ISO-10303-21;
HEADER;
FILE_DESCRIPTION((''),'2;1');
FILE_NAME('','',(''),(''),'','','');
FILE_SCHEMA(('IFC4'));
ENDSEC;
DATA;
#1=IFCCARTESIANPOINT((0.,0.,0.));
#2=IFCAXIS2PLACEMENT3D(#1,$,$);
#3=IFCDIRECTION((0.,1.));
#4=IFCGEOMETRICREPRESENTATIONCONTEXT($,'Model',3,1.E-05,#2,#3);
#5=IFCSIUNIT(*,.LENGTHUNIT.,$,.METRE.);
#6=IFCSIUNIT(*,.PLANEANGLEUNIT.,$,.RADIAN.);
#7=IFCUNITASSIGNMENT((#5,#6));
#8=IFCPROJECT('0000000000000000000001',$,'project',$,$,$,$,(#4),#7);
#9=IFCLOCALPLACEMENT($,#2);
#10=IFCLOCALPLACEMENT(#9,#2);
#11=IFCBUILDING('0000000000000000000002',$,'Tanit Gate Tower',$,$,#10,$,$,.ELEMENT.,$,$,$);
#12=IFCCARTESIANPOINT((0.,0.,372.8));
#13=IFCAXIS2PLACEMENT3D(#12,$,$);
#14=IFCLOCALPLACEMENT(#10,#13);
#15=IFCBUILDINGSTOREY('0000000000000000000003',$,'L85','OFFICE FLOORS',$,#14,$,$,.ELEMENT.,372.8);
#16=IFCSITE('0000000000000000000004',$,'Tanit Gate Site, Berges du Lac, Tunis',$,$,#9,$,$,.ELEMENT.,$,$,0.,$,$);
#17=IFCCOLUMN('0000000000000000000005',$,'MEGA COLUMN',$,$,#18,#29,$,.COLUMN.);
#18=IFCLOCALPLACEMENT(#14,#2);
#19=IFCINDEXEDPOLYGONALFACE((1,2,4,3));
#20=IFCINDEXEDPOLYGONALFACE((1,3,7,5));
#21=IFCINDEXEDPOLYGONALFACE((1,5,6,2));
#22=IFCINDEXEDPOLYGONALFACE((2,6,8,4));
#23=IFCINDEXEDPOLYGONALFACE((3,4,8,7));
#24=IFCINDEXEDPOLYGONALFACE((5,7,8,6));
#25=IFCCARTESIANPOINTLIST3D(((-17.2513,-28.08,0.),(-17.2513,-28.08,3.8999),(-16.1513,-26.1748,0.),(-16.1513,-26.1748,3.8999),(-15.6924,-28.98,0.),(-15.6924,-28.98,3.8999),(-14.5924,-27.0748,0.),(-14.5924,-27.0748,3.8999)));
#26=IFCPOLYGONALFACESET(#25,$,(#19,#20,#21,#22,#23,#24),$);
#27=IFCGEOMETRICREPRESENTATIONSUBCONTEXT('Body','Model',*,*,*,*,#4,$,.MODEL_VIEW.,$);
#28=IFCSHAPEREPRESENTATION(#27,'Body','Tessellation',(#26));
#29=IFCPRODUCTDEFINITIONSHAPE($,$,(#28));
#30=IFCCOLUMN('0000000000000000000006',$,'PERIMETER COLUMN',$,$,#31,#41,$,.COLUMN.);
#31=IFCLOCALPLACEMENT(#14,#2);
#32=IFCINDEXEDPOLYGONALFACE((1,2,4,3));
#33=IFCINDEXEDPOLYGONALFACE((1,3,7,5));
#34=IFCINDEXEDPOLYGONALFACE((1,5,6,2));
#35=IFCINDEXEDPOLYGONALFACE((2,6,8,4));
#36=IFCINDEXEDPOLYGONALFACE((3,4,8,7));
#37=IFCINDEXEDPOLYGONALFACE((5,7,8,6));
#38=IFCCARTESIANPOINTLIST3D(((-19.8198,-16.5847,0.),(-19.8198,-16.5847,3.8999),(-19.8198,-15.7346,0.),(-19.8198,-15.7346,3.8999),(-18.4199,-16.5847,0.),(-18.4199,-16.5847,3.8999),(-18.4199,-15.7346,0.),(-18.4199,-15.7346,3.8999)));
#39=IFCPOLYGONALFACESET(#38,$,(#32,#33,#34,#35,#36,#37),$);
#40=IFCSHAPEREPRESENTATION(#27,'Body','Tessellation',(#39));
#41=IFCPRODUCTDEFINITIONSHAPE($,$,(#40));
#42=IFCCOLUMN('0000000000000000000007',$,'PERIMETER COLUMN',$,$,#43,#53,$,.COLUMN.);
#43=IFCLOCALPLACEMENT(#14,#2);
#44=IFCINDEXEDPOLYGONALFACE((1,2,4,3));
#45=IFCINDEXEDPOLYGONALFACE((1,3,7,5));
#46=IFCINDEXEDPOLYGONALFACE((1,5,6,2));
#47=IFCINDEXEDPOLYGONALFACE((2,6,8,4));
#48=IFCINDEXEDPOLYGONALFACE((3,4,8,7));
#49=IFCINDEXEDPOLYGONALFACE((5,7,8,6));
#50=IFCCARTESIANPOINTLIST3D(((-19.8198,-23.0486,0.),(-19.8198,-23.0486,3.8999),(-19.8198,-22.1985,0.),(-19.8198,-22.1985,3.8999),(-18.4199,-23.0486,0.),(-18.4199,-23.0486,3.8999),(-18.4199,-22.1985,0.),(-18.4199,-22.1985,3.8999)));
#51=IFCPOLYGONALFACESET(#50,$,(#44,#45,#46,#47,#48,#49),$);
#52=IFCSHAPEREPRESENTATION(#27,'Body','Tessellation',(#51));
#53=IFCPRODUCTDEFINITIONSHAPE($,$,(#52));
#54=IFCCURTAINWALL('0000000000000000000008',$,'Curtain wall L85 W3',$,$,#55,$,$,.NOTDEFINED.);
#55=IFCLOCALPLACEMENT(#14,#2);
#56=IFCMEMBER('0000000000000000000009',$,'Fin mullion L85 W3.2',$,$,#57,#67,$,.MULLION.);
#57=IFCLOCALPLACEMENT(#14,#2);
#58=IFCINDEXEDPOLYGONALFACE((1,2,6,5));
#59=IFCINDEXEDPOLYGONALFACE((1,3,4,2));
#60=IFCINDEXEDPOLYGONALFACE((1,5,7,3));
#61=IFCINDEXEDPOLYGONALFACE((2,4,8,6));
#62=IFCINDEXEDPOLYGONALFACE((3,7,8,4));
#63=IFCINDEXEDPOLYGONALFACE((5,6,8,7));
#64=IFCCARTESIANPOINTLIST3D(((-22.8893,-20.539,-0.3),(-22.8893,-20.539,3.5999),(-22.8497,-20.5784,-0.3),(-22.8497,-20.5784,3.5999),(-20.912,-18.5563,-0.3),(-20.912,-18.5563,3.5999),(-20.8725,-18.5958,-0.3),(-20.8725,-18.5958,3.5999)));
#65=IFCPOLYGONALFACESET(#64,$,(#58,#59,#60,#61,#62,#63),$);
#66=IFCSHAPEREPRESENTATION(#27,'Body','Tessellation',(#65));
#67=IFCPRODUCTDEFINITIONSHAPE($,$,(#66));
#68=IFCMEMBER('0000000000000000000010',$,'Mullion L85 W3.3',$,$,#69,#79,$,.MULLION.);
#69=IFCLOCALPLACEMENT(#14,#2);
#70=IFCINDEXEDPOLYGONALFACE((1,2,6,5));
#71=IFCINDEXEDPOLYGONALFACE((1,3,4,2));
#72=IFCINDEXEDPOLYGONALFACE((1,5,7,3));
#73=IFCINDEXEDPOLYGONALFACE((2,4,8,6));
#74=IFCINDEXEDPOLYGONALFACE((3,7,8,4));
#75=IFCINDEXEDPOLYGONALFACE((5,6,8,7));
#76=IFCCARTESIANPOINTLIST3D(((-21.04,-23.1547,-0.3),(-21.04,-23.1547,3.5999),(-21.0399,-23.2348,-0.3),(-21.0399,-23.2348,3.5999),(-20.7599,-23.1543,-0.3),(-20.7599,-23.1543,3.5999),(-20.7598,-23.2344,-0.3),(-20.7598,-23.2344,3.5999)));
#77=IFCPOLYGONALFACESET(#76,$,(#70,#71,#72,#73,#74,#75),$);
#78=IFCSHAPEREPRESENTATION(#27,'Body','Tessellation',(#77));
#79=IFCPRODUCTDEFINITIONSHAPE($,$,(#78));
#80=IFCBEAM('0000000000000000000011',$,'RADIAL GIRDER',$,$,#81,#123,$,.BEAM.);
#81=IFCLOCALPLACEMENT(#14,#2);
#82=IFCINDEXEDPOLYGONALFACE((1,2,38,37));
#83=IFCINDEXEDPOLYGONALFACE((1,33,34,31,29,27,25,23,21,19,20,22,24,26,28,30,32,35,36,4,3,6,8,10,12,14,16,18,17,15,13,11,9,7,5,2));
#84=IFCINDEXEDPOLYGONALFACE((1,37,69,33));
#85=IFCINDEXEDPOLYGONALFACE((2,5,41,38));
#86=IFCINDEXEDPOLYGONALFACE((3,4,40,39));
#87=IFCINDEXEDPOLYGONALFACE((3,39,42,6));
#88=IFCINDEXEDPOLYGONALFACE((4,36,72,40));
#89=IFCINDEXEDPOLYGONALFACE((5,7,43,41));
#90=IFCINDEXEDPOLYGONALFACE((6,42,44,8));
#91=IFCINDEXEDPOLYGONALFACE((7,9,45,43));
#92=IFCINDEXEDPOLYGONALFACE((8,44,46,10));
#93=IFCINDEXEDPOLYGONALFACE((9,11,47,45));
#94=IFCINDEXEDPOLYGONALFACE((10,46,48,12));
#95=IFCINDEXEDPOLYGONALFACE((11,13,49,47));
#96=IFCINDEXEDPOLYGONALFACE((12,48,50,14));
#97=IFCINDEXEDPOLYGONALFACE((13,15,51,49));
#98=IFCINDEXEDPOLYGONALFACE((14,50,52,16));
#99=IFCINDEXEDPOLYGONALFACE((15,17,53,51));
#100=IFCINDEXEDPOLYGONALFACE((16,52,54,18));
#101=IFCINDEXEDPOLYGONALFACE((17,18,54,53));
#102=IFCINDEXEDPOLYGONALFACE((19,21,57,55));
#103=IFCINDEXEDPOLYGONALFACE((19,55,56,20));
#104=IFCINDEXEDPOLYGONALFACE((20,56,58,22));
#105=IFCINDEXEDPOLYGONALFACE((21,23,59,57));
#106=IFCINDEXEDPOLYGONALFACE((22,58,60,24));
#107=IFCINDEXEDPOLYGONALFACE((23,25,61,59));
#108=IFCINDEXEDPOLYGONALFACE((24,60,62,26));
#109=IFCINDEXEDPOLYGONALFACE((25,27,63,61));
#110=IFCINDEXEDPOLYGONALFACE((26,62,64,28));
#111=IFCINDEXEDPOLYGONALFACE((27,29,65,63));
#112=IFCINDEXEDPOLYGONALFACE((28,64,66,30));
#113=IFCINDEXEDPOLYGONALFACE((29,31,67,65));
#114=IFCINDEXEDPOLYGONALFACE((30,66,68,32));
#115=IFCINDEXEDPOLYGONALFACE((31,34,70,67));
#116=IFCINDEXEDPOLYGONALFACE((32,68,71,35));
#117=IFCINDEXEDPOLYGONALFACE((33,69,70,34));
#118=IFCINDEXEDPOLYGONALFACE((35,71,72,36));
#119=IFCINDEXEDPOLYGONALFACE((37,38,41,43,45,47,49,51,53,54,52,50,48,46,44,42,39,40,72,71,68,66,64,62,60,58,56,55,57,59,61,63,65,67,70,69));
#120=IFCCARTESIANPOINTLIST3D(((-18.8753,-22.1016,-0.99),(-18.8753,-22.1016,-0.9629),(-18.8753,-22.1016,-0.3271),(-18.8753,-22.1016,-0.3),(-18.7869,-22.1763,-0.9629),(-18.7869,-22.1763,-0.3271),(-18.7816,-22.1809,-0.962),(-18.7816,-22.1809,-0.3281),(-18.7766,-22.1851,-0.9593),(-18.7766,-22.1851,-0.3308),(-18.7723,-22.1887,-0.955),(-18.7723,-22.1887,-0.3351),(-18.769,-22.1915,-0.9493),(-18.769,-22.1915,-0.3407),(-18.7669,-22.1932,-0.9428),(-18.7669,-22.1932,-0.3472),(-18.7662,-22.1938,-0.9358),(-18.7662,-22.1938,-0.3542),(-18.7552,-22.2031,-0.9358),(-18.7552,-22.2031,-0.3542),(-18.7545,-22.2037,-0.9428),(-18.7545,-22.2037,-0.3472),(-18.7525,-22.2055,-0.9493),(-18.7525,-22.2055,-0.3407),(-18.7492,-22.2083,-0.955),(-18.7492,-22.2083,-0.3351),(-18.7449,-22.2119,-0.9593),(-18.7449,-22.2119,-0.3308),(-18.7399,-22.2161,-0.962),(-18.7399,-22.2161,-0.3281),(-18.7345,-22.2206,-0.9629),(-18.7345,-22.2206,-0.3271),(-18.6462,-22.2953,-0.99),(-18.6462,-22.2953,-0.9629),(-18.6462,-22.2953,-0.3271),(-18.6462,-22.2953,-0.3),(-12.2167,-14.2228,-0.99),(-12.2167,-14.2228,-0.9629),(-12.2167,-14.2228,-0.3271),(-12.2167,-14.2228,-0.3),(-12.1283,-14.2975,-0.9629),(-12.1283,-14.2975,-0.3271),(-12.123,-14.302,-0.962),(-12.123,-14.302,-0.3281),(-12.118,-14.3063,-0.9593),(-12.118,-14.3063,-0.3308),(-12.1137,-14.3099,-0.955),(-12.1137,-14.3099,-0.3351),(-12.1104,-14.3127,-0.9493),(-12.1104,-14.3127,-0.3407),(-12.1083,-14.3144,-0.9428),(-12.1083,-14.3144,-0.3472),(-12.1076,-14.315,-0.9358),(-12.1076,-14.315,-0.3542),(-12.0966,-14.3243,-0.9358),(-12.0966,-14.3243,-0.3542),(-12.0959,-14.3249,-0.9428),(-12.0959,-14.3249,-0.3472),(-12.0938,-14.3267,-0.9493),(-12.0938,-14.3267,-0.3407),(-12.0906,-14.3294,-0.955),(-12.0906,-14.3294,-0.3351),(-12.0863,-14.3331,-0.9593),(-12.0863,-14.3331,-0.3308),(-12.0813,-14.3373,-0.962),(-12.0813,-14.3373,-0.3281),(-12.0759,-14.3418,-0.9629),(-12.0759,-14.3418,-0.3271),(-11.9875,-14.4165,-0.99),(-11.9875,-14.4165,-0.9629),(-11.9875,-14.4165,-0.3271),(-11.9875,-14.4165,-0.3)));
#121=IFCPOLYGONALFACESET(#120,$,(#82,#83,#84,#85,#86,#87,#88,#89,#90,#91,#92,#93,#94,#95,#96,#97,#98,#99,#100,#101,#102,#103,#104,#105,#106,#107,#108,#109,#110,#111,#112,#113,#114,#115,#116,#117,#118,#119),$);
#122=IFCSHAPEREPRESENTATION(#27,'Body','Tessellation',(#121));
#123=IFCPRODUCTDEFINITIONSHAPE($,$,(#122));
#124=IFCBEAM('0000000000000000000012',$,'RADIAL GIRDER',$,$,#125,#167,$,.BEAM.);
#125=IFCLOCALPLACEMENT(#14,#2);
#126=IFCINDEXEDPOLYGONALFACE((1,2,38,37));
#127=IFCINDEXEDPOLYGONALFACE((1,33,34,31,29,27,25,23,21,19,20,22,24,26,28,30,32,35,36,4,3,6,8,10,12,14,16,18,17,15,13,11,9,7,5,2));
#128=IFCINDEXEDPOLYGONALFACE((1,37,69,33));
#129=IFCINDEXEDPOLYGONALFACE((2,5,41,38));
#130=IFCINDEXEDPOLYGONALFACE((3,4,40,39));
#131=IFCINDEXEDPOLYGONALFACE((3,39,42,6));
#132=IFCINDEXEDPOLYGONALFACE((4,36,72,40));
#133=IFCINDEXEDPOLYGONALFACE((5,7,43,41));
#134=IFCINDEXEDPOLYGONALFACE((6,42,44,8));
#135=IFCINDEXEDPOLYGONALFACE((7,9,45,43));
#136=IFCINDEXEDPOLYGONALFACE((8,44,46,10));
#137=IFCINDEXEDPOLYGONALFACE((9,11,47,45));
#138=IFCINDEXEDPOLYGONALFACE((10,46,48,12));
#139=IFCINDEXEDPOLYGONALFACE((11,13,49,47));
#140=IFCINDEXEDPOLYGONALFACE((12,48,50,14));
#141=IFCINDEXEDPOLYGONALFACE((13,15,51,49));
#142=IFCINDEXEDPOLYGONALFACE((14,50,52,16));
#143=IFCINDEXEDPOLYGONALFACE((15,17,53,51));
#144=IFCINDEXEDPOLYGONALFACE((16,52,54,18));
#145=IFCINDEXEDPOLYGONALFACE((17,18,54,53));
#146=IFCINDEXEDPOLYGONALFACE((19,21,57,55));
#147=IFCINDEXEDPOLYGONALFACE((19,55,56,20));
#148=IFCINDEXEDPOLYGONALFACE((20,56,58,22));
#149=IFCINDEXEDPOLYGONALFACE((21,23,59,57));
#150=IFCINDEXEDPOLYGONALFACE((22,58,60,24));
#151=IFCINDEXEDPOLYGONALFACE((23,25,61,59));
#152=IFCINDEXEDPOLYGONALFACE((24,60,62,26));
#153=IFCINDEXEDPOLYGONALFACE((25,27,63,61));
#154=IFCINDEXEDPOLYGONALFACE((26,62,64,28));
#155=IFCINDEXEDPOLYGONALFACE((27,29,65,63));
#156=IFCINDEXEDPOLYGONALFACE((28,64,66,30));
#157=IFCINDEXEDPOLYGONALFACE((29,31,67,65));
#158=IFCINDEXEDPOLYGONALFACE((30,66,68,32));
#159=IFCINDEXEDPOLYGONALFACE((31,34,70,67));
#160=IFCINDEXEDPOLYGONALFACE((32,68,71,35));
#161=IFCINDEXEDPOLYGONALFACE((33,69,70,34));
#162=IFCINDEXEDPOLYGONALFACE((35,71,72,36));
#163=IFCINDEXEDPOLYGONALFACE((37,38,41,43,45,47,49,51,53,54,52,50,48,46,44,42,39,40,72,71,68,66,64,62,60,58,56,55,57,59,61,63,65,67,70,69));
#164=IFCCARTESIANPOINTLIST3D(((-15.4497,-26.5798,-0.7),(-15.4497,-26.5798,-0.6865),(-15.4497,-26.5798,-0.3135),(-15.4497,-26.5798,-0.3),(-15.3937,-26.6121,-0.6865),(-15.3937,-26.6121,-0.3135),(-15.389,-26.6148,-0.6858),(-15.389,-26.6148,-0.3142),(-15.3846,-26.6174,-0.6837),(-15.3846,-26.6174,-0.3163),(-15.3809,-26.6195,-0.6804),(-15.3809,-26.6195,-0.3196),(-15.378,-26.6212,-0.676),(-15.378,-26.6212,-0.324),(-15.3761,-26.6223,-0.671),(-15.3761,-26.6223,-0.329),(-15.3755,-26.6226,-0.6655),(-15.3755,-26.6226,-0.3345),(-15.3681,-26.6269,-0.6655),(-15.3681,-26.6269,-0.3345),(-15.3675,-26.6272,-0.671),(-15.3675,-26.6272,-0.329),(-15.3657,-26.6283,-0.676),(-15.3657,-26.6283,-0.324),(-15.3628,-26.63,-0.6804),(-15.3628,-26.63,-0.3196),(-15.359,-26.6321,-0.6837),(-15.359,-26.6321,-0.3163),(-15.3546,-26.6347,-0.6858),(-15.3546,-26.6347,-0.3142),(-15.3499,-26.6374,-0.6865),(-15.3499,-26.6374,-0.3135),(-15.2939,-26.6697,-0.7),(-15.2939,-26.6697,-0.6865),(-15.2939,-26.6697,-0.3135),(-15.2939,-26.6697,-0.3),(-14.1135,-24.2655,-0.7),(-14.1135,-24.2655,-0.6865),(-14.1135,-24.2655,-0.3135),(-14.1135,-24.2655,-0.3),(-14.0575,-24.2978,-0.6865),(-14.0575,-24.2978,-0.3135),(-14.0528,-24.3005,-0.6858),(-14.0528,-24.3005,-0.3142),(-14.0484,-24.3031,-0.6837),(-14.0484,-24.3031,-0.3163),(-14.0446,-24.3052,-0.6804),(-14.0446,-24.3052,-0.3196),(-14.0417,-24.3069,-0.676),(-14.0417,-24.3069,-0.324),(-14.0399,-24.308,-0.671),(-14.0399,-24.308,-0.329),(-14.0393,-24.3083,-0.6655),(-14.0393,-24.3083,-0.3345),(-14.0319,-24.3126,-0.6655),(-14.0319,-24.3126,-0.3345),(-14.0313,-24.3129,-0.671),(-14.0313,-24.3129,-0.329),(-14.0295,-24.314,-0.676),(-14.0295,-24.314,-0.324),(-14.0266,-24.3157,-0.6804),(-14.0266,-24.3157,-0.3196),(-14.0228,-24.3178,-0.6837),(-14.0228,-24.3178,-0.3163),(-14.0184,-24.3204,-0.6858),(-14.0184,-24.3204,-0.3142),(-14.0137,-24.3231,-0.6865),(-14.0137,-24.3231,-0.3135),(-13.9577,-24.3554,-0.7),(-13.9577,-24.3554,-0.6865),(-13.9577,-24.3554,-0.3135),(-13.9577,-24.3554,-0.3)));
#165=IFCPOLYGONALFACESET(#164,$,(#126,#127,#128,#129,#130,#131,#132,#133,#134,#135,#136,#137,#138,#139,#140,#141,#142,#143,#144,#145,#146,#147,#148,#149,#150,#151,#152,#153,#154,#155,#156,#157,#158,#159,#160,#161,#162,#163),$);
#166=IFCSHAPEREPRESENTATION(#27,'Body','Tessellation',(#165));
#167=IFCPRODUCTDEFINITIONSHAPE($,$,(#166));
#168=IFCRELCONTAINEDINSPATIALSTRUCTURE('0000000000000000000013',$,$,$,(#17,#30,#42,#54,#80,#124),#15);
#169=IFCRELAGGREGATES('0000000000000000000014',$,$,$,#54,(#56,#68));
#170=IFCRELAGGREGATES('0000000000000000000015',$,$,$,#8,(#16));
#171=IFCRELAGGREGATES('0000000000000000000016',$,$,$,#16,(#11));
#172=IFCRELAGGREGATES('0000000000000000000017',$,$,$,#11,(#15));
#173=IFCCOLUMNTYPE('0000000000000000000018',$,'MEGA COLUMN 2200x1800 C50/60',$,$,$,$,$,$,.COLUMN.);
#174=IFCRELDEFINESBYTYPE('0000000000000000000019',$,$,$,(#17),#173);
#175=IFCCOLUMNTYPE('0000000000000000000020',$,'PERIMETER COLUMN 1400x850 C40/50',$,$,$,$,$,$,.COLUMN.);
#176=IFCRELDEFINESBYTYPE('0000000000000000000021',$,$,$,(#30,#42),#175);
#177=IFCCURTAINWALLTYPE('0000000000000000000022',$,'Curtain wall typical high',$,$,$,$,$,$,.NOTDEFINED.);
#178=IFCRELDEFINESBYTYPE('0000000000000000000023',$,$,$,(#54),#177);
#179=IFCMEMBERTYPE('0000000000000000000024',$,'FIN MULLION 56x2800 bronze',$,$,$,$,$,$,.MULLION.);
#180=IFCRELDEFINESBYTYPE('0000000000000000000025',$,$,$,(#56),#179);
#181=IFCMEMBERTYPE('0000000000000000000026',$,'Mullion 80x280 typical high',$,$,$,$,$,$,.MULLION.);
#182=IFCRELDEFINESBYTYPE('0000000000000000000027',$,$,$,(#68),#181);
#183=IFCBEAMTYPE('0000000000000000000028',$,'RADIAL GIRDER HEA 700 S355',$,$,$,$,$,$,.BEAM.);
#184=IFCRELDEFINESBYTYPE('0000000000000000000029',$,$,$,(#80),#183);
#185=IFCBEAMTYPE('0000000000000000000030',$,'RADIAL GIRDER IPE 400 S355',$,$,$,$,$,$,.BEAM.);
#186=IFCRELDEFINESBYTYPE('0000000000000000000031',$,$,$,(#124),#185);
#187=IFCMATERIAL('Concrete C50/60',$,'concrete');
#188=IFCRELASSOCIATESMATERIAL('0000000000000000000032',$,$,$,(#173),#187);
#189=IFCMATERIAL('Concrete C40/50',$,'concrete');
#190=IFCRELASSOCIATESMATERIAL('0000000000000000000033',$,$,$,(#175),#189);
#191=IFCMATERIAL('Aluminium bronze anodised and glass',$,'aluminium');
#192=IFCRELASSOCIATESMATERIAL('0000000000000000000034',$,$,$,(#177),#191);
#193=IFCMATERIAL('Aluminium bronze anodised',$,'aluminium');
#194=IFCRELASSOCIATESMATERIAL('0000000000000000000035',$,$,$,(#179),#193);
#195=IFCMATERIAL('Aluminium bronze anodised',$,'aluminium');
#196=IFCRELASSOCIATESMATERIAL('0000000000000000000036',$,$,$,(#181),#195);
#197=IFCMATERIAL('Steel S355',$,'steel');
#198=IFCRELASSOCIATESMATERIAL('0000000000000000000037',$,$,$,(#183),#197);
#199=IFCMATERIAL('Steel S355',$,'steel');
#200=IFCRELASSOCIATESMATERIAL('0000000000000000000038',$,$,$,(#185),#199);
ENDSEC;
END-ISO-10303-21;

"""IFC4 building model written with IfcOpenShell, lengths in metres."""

from ifc_helpers import new_model, si_unit, direction, frame, origin, origin_2d, place, context, subcontext, project, spatial, rectangle, i_section, extrude, material, material_profile, profile_set, type_object, element, aggregate, save


model = new_model("IFC4")

# Units and contexts
model_context = context("Model", 3, precision=1e-05, world=origin(), true_north=direction((0.0, 1.0)))
body_context = subcontext(model_context, "Body", "Model", "MODEL_VIEW")
ifc_project = project(units=[si_unit("LENGTHUNIT", "METRE"), si_unit("PLANEANGLEUNIT", "RADIAN")], contexts=[model_context])

# Site, building, storey
site_placement = place(None, origin())
site = spatial("IfcSite", under=ifc_project, at=site_placement, Name="Tanit Gate Site, Berges du Lac, Tunis", CompositionType="ELEMENT", RefElevation=0.0)
building_placement = place(site_placement, origin())
building = spatial("IfcBuilding", under=site, at=building_placement, Name="Tanit Gate Tower", CompositionType="ELEMENT")
storey_placement = place(building_placement, frame((0.0, 0.0, 372.8)))
storey = spatial("IfcBuildingStorey", under=building, at=storey_placement, Name="L85", Description="OFFICE FLOORS", CompositionType="ELEMENT", Elevation=372.8)

# Columns
ifc_material_1 = material(Name="Concrete C50/60", Category="concrete")
ifc_material_profile_1 = material_profile(ifc_material_1, rectangle(XDim=2.2, YDim=1.8, at=origin_2d()), Name="RC 2200x1800")
ifc_profile_set_1 = profile_set([ifc_material_profile_1], Name="Concrete C50/60")
column_type_1 = type_object("IfcColumnType", Name="MEGA COLUMN 2200x1800 C50/60", PredefinedType="COLUMN", material=ifc_profile_set_1)
column_placement = place(storey_placement, frame((-15.9219, -27.5774, 0.0), z_axis=(0.0, 0.0, 1.0), x_axis=(-0.5, -0.866025, 0.0)))
element("IfcColumn", 1, at=column_placement, inside=storey, type_object=column_type_1, Name="MEGA COLUMN", PredefinedType="COLUMN", context=body_context, shape_type="SweptSolid", body=[
    extrude(rectangle(XDim=2.2, YDim=1.8, at=origin_2d()), origin(), (0.0, 0.0, 1.0), 3.8999),
])
ifc_material_2 = material(Name="Concrete C40/50", Category="concrete")
ifc_material_profile_2 = material_profile(ifc_material_2, rectangle(XDim=1.3999, YDim=0.8501, at=origin_2d()), Name="RC 1400x850")
ifc_profile_set_2 = profile_set([ifc_material_profile_2], Name="Concrete C40/50")
column_type_2 = type_object("IfcColumnType", Name="PERIMETER COLUMN 1400x850 C40/50", PredefinedType="COLUMN", material=ifc_profile_set_2)
for number, where, z_axis, x_axis, name in (
    (2, (-19.1199, -16.1597, 0.0), (0.0, 0.0, 1.0), (-1.0, 0.0, 0.0), "PERIMETER COLUMN"),
    (3, (-19.1199, -22.6235, 0.0), (0.0, 0.0, 1.0), (-1.0, 0.0, 0.0), "PERIMETER COLUMN"),
):
    element("IfcColumn", number, at=place(storey_placement, frame(where, z_axis=z_axis, x_axis=x_axis)), inside=storey, type_object=column_type_2, Name=name, PredefinedType="COLUMN", context=body_context, shape_type="SweptSolid", body=[
        extrude(rectangle(XDim=1.3999, YDim=0.8501, at=origin_2d()), origin(), (0.0, 0.0, 1.0), 3.8999),
    ])

# Curtain wall, members
ifc_material_3 = material(Name="Aluminium bronze anodised and glass", Category="aluminium")
curtain_wall_type = type_object("IfcCurtainWallType", Name="Curtain wall typical high", PredefinedType="NOTDEFINED", material=ifc_material_3)
curtain_wall_placement = place(storey_placement, origin())
curtain_wall = element("IfcCurtainWall", 4, at=curtain_wall_placement, inside=storey, type_object=curtain_wall_type, Name="Curtain wall L85 W3", PredefinedType="NOTDEFINED")
ifc_material_4 = material(Name="Aluminium bronze anodised", Category="aluminium")
ifc_material_profile_3 = material_profile(ifc_material_4, rectangle(XDim=2.8, YDim=0.0559, at=origin_2d()), Name="56x2800 bronze fin mullion")
ifc_profile_set_3 = profile_set([ifc_material_profile_3], Name="Aluminium bronze anodised")
member_type_1 = type_object("IfcMemberType", Name="FIN MULLION 56x2800 bronze", PredefinedType="MULLION", material=ifc_profile_set_3)
member_1_placement = place(storey_placement, frame((-21.8809, -19.5674, -0.3), z_axis=(0.0, 0.0, 1.0), x_axis=(0.706136, 0.708076, 0.0)))
member_1 = element("IfcMember", 5, at=member_1_placement, type_object=member_type_1, Name="Fin mullion L85 W3.2", PredefinedType="MULLION", context=body_context, shape_type="SweptSolid", body=[
    extrude(rectangle(XDim=2.8, YDim=0.0559, at=origin_2d()), origin(), (0.0, 0.0, 1.0), 3.8999),
])
ifc_material_5 = material(Name="Aluminium bronze anodised", Category="aluminium")
ifc_material_profile_4 = material_profile(ifc_material_5, rectangle(XDim=0.28, YDim=0.0801, at=origin_2d()), Name="80x280 bronze mullion")
ifc_profile_set_4 = profile_set([ifc_material_profile_4], Name="Aluminium bronze anodised")
member_type_2 = type_object("IfcMemberType", Name="Mullion 80x280 typical high", PredefinedType="MULLION", material=ifc_profile_set_4)
member_2_placement = place(storey_placement, frame((-20.8999, -23.1946, -0.3), z_axis=(0.0, 0.0, 1.0), x_axis=(0.999999, 0.001372, 0.0)))
member_2 = element("IfcMember", 6, at=member_2_placement, type_object=member_type_2, Name="Mullion L85 W3.3", PredefinedType="MULLION", context=body_context, shape_type="SweptSolid", body=[
    extrude(rectangle(XDim=0.28, YDim=0.0801, at=origin_2d()), origin(), (0.0, 0.0, 1.0), 3.8999),
])

# Beams
ifc_material_6 = material(Name="Steel S355", Category="steel")
ifc_material_profile_5 = material_profile(ifc_material_6, i_section(OverallWidth=0.3, OverallDepth=0.6899, WebThickness=0.0144, FlangeThickness=0.0271, FilletRadius=0.0271, at=origin_2d()), Name="HEA 700")
ifc_profile_set_5 = profile_set([ifc_material_profile_5], Name="Steel S355")
beam_type_1 = type_object("IfcBeamType", Name="RADIAL GIRDER HEA 700 S355", PredefinedType="BEAM", material=ifc_profile_set_5)
beam_1_placement = place(storey_placement, frame((-18.7607, -22.1985, -0.645), z_axis=(0.645486, 0.763772, 0.0), x_axis=(-0.763772, 0.645486, 0.0)))
element("IfcBeam", 7, at=beam_1_placement, inside=storey, type_object=beam_type_1, Name="RADIAL GIRDER", PredefinedType="BEAM", context=body_context, shape_type="SweptSolid", body=[
    extrude(i_section(OverallWidth=0.3, OverallDepth=0.6899, WebThickness=0.0144, FlangeThickness=0.0271, FilletRadius=0.0271, at=origin_2d()), origin(), (0.0, 0.0, 1.0), 10.3157),
])
ifc_material_7 = material(Name="Steel S355", Category="steel")
ifc_material_profile_6 = material_profile(ifc_material_7, i_section(OverallWidth=0.1799, OverallDepth=0.3999, WebThickness=0.0085, FlangeThickness=0.0134, FilletRadius=0.021, at=origin_2d()), Name="IPE 400")
ifc_profile_set_6 = profile_set([ifc_material_profile_6], Name="Steel S355")
beam_type_2 = type_object("IfcBeamType", Name="RADIAL GIRDER IPE 400 S355", PredefinedType="BEAM", material=ifc_profile_set_6)
beam_2_placement = place(storey_placement, frame((-15.3718, -26.6248, -0.5), z_axis=(0.50002, 0.866014, 0.0), x_axis=(-0.866014, 0.50002, 0.0)))
element("IfcBeam", 8, at=beam_2_placement, inside=storey, type_object=beam_type_2, Name="RADIAL GIRDER", PredefinedType="BEAM", context=body_context, shape_type="SweptSolid", body=[
    extrude(i_section(OverallWidth=0.1799, OverallDepth=0.3999, WebThickness=0.0085, FlangeThickness=0.0134, FilletRadius=0.021, at=origin_2d()), origin(), (0.0, 0.0, 1.0), 2.6724),
])

aggregate(curtain_wall, [member_1, member_2])

save(model, "model.ifc")
